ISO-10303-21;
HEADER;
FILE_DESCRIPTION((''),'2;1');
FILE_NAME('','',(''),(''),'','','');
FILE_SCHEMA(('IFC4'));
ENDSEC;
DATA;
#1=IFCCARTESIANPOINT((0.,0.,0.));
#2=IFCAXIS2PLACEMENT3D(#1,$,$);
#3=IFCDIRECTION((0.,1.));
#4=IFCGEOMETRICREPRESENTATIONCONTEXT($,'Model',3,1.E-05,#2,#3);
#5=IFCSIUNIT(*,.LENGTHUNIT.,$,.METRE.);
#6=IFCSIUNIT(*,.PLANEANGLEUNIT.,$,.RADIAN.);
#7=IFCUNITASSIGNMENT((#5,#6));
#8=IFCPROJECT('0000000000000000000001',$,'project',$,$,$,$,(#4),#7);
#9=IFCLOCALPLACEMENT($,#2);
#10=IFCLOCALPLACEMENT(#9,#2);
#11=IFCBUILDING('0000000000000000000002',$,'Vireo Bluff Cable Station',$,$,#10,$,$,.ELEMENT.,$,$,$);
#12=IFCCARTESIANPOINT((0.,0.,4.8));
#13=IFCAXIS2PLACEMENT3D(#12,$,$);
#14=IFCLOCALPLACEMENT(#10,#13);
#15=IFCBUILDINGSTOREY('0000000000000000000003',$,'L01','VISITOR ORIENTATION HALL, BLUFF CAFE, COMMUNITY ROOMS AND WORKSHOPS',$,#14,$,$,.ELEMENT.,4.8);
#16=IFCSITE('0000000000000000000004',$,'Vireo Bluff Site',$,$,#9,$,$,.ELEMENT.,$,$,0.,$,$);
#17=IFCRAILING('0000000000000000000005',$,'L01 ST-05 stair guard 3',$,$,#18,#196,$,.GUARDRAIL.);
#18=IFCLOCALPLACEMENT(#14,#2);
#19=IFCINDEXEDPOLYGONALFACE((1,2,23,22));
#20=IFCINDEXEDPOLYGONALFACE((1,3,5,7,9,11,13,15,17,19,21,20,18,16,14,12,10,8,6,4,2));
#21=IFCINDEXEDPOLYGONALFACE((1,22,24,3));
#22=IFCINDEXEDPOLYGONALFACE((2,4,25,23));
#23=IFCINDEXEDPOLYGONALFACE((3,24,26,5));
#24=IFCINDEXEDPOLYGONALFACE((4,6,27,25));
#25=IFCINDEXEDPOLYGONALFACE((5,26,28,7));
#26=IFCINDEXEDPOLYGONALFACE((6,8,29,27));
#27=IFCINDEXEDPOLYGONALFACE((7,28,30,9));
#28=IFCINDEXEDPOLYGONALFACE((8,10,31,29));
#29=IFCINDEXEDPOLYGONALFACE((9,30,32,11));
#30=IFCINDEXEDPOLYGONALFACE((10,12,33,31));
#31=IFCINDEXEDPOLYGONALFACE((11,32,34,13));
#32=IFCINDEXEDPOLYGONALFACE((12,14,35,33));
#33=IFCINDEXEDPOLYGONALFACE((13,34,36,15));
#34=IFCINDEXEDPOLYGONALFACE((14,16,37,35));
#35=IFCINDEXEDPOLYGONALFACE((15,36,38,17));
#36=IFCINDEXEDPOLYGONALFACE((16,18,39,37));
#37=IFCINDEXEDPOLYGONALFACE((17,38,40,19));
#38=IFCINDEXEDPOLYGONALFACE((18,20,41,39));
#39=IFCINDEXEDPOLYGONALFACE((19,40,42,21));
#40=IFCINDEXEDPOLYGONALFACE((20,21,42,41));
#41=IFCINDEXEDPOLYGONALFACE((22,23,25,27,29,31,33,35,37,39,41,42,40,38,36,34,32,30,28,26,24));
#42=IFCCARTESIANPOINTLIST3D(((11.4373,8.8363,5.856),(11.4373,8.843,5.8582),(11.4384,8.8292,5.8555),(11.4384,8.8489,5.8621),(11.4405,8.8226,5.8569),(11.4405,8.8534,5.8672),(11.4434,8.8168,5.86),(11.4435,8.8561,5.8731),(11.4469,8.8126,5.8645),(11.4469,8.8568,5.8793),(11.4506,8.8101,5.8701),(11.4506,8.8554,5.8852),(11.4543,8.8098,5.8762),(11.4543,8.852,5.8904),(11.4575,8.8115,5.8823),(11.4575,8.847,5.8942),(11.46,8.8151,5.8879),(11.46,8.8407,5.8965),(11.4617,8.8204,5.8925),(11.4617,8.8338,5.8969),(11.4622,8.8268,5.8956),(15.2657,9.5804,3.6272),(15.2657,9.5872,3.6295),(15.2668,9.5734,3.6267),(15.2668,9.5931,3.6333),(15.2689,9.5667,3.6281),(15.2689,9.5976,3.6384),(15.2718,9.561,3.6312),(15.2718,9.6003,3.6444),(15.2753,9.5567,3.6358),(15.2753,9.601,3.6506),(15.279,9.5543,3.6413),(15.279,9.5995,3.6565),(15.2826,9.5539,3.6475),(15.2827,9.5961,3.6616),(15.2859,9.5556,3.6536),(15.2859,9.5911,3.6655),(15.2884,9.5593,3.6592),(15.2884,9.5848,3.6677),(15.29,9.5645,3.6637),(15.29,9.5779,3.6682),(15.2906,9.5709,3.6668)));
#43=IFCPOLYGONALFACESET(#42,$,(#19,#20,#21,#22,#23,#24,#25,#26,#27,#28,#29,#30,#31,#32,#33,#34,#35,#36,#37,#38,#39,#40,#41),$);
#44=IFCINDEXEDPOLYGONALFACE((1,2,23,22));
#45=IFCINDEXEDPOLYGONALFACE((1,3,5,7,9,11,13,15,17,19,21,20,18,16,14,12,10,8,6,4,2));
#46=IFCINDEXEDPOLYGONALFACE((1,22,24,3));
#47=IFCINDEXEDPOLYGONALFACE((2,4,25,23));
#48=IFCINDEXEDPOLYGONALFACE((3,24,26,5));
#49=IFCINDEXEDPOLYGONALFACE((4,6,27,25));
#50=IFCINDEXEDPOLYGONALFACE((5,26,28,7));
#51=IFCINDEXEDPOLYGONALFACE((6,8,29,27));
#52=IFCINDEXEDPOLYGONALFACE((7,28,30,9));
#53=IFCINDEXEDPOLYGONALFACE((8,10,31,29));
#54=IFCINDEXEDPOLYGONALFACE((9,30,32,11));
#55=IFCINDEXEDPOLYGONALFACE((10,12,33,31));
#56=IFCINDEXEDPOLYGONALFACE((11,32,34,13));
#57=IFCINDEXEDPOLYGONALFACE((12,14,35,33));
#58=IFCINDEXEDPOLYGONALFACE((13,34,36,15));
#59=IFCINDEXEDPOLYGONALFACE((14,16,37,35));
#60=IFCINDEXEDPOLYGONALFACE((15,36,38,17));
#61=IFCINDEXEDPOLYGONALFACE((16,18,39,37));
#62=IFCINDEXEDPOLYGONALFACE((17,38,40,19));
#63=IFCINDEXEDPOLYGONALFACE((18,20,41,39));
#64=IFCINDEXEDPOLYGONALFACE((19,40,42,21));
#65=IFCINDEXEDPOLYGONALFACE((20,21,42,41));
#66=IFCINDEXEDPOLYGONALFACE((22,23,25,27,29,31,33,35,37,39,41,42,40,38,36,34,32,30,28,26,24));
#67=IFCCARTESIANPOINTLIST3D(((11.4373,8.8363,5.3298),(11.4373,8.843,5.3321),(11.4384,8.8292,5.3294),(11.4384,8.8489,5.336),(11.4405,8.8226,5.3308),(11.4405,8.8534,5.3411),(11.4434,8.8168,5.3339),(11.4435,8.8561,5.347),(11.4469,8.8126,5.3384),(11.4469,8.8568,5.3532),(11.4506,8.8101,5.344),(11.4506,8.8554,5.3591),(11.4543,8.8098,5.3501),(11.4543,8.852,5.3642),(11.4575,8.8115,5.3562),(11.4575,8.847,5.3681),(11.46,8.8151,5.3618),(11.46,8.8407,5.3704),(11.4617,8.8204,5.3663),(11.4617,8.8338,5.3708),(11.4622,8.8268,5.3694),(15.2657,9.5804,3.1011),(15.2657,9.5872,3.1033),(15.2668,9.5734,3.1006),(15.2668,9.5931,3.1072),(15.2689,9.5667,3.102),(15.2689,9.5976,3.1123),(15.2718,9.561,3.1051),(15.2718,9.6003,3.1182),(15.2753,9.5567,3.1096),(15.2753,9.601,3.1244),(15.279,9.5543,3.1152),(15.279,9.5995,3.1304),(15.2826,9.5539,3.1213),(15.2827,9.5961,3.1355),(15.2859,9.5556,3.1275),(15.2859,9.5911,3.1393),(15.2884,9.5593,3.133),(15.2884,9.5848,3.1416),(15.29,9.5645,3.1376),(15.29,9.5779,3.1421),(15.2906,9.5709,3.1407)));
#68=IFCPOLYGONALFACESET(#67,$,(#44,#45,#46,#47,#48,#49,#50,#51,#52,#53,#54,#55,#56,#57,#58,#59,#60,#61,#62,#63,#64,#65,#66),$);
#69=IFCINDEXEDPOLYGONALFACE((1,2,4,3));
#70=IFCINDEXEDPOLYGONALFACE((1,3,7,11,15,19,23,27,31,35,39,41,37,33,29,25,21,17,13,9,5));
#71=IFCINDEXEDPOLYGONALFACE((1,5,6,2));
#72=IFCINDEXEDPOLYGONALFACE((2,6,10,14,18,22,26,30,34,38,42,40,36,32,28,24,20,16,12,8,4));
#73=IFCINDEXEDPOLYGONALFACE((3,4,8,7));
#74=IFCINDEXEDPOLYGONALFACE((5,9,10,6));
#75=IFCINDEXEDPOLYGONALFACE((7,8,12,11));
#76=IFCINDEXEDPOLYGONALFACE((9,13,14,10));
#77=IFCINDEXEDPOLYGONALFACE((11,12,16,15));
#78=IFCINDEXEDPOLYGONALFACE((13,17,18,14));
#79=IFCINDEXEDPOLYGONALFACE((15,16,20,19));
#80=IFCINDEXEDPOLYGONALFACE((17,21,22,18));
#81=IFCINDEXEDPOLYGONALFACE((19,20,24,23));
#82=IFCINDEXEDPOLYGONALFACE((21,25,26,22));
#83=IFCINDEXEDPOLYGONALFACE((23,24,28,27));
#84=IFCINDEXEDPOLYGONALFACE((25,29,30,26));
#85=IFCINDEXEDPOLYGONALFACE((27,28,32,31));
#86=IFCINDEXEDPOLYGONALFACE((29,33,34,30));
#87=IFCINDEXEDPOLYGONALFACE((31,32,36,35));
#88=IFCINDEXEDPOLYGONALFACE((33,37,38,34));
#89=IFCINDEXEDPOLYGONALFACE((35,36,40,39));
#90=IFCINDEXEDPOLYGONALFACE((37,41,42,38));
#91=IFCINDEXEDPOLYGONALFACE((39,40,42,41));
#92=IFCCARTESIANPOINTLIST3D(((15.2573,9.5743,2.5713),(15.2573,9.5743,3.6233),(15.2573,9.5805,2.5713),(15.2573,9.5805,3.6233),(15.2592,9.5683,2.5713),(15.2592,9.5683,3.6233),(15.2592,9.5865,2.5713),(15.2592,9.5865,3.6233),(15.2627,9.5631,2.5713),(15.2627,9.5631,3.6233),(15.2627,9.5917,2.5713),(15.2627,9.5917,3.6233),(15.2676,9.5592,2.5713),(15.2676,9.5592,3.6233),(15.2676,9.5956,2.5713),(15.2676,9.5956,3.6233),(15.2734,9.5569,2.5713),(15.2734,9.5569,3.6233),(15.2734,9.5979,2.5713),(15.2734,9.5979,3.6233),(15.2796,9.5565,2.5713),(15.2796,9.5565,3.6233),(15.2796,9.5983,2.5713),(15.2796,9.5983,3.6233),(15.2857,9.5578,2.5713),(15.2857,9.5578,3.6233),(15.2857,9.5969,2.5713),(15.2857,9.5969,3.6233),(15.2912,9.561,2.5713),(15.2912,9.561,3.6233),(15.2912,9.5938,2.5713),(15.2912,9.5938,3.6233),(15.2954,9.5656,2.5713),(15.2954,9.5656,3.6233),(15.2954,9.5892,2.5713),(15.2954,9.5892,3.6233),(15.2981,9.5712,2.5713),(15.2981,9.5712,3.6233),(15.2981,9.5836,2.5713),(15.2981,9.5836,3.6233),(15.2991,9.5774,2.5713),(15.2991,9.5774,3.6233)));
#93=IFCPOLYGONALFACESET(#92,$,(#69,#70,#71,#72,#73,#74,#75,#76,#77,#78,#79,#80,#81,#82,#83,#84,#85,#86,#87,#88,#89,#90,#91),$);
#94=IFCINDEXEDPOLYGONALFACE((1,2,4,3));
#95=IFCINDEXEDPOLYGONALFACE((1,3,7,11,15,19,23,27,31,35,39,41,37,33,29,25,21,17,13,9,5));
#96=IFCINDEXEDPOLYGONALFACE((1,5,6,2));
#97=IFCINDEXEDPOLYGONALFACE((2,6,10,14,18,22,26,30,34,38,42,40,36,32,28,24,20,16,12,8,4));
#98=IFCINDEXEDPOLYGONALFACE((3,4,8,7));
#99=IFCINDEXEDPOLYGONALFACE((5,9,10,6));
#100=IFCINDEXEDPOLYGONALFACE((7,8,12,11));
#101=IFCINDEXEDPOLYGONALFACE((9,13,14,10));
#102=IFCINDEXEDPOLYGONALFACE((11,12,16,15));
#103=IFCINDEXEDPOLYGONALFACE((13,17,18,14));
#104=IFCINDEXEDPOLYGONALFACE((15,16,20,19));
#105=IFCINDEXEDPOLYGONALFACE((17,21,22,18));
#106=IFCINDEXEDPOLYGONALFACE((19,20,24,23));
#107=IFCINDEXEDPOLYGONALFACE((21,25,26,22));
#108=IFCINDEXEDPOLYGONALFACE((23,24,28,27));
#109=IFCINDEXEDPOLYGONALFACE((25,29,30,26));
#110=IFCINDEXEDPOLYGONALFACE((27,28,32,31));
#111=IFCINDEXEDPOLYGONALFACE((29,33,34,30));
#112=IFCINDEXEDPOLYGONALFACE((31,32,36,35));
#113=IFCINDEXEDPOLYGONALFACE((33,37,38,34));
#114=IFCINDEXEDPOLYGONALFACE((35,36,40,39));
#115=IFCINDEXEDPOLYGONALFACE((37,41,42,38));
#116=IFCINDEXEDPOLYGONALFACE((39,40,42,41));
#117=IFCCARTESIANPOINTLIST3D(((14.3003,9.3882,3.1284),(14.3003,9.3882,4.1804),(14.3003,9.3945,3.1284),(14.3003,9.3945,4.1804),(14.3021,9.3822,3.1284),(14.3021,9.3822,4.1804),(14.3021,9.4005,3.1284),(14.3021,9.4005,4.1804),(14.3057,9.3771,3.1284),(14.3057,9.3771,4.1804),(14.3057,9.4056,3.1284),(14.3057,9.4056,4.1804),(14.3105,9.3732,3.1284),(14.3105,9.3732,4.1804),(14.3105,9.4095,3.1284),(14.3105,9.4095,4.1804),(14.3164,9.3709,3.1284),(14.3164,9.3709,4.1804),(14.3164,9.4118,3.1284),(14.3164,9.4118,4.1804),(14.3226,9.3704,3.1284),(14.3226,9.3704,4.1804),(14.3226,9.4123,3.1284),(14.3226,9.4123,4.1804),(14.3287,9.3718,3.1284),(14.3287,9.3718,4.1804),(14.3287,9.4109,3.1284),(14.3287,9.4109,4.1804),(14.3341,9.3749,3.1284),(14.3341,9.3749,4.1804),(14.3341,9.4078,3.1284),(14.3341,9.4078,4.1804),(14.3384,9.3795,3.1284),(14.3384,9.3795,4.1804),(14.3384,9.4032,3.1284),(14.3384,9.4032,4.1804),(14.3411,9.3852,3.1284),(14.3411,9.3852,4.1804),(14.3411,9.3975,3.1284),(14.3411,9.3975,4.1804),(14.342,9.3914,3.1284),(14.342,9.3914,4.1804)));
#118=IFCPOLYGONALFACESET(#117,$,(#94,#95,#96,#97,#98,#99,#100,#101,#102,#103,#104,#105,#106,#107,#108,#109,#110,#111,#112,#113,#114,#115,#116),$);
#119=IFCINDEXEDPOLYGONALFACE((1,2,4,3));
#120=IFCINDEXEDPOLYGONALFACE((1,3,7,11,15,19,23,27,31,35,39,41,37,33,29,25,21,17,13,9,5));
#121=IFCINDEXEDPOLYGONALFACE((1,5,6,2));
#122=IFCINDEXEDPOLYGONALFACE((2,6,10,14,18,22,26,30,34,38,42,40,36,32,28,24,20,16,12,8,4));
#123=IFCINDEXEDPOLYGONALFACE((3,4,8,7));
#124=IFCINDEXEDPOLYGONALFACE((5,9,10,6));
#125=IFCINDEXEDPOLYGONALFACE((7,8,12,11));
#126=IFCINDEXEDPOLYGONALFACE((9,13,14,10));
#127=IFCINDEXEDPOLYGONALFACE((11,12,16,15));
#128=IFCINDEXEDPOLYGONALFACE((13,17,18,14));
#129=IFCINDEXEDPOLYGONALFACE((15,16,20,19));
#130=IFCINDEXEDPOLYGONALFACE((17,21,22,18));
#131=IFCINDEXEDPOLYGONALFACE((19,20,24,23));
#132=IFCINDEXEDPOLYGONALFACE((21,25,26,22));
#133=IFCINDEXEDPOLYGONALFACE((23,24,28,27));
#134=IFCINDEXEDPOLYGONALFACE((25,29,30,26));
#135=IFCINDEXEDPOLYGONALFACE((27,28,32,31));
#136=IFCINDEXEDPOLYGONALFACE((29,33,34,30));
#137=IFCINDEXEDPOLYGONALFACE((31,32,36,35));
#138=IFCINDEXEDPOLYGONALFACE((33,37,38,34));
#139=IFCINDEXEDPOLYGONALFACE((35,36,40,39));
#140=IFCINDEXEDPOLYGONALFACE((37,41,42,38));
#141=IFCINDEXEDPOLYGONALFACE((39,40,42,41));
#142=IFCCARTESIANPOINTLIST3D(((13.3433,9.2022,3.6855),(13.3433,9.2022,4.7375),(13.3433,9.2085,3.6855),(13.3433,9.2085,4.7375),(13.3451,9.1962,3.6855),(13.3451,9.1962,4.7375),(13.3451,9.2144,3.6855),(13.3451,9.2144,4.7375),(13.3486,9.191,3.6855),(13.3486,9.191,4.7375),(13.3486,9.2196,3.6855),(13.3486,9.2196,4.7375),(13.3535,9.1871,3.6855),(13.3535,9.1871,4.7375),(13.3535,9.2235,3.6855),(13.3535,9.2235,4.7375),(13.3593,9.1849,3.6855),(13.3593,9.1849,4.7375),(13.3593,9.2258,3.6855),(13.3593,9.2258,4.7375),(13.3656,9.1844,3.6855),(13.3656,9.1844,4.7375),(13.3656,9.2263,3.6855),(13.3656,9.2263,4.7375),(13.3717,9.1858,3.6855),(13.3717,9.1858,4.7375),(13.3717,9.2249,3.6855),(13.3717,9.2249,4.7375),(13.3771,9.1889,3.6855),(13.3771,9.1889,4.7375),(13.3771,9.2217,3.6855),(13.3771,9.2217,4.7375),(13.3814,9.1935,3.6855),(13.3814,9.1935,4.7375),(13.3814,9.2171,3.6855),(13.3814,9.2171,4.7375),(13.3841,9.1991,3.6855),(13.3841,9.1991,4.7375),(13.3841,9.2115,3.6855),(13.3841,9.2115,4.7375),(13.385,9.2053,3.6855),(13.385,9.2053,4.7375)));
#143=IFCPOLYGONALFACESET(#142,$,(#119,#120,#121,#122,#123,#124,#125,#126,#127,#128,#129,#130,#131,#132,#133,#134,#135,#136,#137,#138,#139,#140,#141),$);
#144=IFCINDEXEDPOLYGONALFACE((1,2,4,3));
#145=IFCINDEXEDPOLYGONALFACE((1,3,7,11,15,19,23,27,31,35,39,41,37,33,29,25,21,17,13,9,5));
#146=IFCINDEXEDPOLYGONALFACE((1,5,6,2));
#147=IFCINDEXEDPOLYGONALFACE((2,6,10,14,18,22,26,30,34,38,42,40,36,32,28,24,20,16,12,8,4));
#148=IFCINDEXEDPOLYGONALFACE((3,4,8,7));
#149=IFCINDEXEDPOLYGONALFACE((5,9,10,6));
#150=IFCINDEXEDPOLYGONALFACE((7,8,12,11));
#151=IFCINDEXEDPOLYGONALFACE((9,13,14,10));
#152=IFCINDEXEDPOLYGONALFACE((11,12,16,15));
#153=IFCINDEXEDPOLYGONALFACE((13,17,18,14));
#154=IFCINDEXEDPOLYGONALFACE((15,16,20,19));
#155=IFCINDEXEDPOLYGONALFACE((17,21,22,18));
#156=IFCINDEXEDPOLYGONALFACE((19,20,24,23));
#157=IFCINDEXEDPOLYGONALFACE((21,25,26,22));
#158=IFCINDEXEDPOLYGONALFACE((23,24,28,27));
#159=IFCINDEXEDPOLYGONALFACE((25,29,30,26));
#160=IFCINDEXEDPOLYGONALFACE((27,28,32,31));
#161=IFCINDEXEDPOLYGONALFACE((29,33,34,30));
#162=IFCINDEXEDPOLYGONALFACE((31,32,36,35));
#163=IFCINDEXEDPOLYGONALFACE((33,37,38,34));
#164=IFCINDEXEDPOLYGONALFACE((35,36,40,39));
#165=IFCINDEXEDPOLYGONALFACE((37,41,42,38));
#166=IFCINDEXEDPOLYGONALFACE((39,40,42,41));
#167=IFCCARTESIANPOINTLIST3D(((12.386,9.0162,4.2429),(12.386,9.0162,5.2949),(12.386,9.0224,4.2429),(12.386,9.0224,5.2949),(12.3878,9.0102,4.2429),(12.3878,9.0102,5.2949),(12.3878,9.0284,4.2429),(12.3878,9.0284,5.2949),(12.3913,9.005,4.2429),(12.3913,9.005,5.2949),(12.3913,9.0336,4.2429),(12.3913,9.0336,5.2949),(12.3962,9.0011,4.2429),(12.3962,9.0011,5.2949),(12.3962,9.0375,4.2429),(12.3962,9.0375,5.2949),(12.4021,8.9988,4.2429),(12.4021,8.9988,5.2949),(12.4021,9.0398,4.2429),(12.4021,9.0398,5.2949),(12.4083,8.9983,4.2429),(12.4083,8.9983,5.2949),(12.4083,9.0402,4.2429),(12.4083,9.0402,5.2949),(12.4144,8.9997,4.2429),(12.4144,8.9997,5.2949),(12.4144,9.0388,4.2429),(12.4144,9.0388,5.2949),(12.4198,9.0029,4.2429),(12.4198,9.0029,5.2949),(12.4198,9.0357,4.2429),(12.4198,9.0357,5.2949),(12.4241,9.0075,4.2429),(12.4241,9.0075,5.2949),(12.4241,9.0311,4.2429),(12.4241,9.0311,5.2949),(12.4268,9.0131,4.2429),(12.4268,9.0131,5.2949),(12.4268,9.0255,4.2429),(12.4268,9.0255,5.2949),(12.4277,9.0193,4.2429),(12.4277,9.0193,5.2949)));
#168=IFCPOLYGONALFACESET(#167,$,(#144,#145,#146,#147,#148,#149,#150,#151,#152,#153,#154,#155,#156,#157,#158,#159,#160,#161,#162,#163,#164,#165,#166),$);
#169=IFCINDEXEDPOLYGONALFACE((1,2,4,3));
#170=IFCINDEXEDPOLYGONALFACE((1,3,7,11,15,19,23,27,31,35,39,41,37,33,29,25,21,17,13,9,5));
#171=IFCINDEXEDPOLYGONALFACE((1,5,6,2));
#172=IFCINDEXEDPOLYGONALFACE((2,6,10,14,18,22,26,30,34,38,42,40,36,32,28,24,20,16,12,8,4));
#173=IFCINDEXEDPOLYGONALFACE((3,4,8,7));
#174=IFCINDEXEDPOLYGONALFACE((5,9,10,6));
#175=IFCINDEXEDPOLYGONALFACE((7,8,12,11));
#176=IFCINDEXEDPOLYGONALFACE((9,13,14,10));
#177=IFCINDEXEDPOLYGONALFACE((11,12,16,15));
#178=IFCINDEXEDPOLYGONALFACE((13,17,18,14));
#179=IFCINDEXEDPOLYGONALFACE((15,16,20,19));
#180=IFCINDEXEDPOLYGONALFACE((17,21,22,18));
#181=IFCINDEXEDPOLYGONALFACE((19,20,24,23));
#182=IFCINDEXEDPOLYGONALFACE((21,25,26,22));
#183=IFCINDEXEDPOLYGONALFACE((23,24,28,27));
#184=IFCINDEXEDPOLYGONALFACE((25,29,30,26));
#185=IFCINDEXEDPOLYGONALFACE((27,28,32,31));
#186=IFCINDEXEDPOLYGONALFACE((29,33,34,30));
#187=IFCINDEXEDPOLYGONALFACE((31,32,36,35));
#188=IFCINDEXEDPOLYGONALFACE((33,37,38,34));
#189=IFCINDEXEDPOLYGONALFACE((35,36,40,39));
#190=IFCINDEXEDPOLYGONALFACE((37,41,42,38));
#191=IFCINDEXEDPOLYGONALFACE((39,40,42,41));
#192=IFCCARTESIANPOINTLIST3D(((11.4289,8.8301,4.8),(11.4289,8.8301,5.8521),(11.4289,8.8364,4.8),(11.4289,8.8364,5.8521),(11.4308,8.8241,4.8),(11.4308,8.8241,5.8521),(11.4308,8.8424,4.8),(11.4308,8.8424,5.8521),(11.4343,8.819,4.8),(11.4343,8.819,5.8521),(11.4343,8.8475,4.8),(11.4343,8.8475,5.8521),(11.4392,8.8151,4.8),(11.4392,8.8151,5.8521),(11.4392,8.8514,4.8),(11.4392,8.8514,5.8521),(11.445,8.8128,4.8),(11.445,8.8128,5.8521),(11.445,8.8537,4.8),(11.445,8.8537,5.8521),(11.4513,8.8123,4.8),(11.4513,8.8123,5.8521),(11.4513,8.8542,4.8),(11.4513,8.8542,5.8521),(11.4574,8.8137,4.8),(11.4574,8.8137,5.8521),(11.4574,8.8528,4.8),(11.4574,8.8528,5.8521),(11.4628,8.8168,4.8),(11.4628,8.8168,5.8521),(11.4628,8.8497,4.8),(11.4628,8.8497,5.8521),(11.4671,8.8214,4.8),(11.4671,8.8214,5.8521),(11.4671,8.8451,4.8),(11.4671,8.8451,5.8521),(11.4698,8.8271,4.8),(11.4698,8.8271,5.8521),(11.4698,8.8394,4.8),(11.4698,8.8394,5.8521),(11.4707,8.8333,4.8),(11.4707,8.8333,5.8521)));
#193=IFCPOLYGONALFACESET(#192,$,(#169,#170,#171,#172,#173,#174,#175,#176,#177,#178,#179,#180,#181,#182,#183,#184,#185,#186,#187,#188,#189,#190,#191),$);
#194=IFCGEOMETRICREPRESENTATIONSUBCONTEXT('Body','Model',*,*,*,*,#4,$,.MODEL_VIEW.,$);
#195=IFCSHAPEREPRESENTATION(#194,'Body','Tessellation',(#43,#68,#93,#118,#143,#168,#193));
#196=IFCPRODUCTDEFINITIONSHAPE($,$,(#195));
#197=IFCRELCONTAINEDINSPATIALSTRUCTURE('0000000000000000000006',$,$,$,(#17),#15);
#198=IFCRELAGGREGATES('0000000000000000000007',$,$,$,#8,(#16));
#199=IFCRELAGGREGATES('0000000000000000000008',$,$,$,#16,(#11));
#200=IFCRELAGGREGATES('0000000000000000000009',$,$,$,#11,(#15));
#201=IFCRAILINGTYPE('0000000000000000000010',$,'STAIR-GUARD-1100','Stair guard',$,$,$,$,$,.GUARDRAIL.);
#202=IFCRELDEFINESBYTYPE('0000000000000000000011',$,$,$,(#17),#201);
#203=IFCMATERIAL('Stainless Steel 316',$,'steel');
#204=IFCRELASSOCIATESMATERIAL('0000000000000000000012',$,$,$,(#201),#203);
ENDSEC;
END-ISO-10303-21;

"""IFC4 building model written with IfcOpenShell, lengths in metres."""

from ifc_helpers import new_model, si_unit, direction, frame, origin, origin_2d, place, context, subcontext, project, spatial, circle, extrude, material, type_object, element, save


model = new_model("IFC4")

# Units and contexts
model_context = context("Model", 3, precision=1e-05, world=origin(), true_north=direction((0.0, 1.0)))
body_context = subcontext(model_context, "Body", "Model", "MODEL_VIEW")
ifc_project = project(units=[si_unit("LENGTHUNIT", "METRE"), si_unit("PLANEANGLEUNIT", "RADIAN")], contexts=[model_context])

# Site, building, storey
site_placement = place(None, origin())
site = spatial("IfcSite", under=ifc_project, at=site_placement, Name="Vireo Bluff Site", CompositionType="ELEMENT", RefElevation=0.0)
building_placement = place(site_placement, origin())
building = spatial("IfcBuilding", under=site, at=building_placement, Name="Vireo Bluff Cable Station", CompositionType="ELEMENT")
storey_placement = place(building_placement, frame((0.0, 0.0, 4.8)))
storey = spatial("IfcBuildingStorey", under=building, at=storey_placement, Name="L01", Description="VISITOR ORIENTATION HALL, BLUFF CAFE, COMMUNITY ROOMS AND WORKSHOPS", CompositionType="ELEMENT", Elevation=4.8)

# Shared definitions
ifc_material_1 = material(Name="Stainless Steel 316", Category="steel")

# Railing
railing_type_1 = type_object("IfcRailingType", Name="STAIR-GUARD-1100", Description="Stair guard", PredefinedType="GUARDRAIL", material=ifc_material_1)
railing_1_placement = place(storey_placement, frame((15.2781, 9.5774, 2.5713)))
element("IfcRailing", 1, at=railing_1_placement, inside=storey, type_object=railing_type_1, Name="L01 ST-05 stair guard 3", PredefinedType="GUARDRAIL", context=body_context, shape_type="SweptSolid", body=[
    extrude(circle(Radius=0.0239, at=origin_2d()), frame((0.0, 0.0, 1.0762), z_axis=(-0.852275, -0.165661, 0.496169), x_axis=(0.190804, -0.981628, 0.0)), (0.0, 0.0, 1.0), 4.4919),
    extrude(circle(Radius=0.0239, at=origin_2d()), frame((0.0, 0.0, 0.55), z_axis=(-0.852275, -0.165661, 0.496169), x_axis=(0.190804, -0.981628, 0.0)), (0.0, 0.0, 1.0), 4.4919),
    extrude(circle(Radius=0.021, at=origin_2d()), origin(), (0.0, 0.0, 1.0), 1.052),
    extrude(circle(Radius=0.021, at=origin_2d()), frame((-0.957, -0.186, 0.5571)), (0.0, 0.0, 1.0), 1.052),
    extrude(circle(Radius=0.021, at=origin_2d()), frame((-1.9141, -0.3721, 1.1143)), (0.0, 0.0, 1.0), 1.052),
    extrude(circle(Radius=0.021, at=origin_2d()), frame((-2.8713, -0.5581, 1.6716)), (0.0, 0.0, 1.0), 1.052),
    extrude(circle(Radius=0.021, at=origin_2d()), frame((-3.8284, -0.7441, 2.2288)), (0.0, 0.0, 1.0), 1.052),
])

save(model, "model.ifc")
